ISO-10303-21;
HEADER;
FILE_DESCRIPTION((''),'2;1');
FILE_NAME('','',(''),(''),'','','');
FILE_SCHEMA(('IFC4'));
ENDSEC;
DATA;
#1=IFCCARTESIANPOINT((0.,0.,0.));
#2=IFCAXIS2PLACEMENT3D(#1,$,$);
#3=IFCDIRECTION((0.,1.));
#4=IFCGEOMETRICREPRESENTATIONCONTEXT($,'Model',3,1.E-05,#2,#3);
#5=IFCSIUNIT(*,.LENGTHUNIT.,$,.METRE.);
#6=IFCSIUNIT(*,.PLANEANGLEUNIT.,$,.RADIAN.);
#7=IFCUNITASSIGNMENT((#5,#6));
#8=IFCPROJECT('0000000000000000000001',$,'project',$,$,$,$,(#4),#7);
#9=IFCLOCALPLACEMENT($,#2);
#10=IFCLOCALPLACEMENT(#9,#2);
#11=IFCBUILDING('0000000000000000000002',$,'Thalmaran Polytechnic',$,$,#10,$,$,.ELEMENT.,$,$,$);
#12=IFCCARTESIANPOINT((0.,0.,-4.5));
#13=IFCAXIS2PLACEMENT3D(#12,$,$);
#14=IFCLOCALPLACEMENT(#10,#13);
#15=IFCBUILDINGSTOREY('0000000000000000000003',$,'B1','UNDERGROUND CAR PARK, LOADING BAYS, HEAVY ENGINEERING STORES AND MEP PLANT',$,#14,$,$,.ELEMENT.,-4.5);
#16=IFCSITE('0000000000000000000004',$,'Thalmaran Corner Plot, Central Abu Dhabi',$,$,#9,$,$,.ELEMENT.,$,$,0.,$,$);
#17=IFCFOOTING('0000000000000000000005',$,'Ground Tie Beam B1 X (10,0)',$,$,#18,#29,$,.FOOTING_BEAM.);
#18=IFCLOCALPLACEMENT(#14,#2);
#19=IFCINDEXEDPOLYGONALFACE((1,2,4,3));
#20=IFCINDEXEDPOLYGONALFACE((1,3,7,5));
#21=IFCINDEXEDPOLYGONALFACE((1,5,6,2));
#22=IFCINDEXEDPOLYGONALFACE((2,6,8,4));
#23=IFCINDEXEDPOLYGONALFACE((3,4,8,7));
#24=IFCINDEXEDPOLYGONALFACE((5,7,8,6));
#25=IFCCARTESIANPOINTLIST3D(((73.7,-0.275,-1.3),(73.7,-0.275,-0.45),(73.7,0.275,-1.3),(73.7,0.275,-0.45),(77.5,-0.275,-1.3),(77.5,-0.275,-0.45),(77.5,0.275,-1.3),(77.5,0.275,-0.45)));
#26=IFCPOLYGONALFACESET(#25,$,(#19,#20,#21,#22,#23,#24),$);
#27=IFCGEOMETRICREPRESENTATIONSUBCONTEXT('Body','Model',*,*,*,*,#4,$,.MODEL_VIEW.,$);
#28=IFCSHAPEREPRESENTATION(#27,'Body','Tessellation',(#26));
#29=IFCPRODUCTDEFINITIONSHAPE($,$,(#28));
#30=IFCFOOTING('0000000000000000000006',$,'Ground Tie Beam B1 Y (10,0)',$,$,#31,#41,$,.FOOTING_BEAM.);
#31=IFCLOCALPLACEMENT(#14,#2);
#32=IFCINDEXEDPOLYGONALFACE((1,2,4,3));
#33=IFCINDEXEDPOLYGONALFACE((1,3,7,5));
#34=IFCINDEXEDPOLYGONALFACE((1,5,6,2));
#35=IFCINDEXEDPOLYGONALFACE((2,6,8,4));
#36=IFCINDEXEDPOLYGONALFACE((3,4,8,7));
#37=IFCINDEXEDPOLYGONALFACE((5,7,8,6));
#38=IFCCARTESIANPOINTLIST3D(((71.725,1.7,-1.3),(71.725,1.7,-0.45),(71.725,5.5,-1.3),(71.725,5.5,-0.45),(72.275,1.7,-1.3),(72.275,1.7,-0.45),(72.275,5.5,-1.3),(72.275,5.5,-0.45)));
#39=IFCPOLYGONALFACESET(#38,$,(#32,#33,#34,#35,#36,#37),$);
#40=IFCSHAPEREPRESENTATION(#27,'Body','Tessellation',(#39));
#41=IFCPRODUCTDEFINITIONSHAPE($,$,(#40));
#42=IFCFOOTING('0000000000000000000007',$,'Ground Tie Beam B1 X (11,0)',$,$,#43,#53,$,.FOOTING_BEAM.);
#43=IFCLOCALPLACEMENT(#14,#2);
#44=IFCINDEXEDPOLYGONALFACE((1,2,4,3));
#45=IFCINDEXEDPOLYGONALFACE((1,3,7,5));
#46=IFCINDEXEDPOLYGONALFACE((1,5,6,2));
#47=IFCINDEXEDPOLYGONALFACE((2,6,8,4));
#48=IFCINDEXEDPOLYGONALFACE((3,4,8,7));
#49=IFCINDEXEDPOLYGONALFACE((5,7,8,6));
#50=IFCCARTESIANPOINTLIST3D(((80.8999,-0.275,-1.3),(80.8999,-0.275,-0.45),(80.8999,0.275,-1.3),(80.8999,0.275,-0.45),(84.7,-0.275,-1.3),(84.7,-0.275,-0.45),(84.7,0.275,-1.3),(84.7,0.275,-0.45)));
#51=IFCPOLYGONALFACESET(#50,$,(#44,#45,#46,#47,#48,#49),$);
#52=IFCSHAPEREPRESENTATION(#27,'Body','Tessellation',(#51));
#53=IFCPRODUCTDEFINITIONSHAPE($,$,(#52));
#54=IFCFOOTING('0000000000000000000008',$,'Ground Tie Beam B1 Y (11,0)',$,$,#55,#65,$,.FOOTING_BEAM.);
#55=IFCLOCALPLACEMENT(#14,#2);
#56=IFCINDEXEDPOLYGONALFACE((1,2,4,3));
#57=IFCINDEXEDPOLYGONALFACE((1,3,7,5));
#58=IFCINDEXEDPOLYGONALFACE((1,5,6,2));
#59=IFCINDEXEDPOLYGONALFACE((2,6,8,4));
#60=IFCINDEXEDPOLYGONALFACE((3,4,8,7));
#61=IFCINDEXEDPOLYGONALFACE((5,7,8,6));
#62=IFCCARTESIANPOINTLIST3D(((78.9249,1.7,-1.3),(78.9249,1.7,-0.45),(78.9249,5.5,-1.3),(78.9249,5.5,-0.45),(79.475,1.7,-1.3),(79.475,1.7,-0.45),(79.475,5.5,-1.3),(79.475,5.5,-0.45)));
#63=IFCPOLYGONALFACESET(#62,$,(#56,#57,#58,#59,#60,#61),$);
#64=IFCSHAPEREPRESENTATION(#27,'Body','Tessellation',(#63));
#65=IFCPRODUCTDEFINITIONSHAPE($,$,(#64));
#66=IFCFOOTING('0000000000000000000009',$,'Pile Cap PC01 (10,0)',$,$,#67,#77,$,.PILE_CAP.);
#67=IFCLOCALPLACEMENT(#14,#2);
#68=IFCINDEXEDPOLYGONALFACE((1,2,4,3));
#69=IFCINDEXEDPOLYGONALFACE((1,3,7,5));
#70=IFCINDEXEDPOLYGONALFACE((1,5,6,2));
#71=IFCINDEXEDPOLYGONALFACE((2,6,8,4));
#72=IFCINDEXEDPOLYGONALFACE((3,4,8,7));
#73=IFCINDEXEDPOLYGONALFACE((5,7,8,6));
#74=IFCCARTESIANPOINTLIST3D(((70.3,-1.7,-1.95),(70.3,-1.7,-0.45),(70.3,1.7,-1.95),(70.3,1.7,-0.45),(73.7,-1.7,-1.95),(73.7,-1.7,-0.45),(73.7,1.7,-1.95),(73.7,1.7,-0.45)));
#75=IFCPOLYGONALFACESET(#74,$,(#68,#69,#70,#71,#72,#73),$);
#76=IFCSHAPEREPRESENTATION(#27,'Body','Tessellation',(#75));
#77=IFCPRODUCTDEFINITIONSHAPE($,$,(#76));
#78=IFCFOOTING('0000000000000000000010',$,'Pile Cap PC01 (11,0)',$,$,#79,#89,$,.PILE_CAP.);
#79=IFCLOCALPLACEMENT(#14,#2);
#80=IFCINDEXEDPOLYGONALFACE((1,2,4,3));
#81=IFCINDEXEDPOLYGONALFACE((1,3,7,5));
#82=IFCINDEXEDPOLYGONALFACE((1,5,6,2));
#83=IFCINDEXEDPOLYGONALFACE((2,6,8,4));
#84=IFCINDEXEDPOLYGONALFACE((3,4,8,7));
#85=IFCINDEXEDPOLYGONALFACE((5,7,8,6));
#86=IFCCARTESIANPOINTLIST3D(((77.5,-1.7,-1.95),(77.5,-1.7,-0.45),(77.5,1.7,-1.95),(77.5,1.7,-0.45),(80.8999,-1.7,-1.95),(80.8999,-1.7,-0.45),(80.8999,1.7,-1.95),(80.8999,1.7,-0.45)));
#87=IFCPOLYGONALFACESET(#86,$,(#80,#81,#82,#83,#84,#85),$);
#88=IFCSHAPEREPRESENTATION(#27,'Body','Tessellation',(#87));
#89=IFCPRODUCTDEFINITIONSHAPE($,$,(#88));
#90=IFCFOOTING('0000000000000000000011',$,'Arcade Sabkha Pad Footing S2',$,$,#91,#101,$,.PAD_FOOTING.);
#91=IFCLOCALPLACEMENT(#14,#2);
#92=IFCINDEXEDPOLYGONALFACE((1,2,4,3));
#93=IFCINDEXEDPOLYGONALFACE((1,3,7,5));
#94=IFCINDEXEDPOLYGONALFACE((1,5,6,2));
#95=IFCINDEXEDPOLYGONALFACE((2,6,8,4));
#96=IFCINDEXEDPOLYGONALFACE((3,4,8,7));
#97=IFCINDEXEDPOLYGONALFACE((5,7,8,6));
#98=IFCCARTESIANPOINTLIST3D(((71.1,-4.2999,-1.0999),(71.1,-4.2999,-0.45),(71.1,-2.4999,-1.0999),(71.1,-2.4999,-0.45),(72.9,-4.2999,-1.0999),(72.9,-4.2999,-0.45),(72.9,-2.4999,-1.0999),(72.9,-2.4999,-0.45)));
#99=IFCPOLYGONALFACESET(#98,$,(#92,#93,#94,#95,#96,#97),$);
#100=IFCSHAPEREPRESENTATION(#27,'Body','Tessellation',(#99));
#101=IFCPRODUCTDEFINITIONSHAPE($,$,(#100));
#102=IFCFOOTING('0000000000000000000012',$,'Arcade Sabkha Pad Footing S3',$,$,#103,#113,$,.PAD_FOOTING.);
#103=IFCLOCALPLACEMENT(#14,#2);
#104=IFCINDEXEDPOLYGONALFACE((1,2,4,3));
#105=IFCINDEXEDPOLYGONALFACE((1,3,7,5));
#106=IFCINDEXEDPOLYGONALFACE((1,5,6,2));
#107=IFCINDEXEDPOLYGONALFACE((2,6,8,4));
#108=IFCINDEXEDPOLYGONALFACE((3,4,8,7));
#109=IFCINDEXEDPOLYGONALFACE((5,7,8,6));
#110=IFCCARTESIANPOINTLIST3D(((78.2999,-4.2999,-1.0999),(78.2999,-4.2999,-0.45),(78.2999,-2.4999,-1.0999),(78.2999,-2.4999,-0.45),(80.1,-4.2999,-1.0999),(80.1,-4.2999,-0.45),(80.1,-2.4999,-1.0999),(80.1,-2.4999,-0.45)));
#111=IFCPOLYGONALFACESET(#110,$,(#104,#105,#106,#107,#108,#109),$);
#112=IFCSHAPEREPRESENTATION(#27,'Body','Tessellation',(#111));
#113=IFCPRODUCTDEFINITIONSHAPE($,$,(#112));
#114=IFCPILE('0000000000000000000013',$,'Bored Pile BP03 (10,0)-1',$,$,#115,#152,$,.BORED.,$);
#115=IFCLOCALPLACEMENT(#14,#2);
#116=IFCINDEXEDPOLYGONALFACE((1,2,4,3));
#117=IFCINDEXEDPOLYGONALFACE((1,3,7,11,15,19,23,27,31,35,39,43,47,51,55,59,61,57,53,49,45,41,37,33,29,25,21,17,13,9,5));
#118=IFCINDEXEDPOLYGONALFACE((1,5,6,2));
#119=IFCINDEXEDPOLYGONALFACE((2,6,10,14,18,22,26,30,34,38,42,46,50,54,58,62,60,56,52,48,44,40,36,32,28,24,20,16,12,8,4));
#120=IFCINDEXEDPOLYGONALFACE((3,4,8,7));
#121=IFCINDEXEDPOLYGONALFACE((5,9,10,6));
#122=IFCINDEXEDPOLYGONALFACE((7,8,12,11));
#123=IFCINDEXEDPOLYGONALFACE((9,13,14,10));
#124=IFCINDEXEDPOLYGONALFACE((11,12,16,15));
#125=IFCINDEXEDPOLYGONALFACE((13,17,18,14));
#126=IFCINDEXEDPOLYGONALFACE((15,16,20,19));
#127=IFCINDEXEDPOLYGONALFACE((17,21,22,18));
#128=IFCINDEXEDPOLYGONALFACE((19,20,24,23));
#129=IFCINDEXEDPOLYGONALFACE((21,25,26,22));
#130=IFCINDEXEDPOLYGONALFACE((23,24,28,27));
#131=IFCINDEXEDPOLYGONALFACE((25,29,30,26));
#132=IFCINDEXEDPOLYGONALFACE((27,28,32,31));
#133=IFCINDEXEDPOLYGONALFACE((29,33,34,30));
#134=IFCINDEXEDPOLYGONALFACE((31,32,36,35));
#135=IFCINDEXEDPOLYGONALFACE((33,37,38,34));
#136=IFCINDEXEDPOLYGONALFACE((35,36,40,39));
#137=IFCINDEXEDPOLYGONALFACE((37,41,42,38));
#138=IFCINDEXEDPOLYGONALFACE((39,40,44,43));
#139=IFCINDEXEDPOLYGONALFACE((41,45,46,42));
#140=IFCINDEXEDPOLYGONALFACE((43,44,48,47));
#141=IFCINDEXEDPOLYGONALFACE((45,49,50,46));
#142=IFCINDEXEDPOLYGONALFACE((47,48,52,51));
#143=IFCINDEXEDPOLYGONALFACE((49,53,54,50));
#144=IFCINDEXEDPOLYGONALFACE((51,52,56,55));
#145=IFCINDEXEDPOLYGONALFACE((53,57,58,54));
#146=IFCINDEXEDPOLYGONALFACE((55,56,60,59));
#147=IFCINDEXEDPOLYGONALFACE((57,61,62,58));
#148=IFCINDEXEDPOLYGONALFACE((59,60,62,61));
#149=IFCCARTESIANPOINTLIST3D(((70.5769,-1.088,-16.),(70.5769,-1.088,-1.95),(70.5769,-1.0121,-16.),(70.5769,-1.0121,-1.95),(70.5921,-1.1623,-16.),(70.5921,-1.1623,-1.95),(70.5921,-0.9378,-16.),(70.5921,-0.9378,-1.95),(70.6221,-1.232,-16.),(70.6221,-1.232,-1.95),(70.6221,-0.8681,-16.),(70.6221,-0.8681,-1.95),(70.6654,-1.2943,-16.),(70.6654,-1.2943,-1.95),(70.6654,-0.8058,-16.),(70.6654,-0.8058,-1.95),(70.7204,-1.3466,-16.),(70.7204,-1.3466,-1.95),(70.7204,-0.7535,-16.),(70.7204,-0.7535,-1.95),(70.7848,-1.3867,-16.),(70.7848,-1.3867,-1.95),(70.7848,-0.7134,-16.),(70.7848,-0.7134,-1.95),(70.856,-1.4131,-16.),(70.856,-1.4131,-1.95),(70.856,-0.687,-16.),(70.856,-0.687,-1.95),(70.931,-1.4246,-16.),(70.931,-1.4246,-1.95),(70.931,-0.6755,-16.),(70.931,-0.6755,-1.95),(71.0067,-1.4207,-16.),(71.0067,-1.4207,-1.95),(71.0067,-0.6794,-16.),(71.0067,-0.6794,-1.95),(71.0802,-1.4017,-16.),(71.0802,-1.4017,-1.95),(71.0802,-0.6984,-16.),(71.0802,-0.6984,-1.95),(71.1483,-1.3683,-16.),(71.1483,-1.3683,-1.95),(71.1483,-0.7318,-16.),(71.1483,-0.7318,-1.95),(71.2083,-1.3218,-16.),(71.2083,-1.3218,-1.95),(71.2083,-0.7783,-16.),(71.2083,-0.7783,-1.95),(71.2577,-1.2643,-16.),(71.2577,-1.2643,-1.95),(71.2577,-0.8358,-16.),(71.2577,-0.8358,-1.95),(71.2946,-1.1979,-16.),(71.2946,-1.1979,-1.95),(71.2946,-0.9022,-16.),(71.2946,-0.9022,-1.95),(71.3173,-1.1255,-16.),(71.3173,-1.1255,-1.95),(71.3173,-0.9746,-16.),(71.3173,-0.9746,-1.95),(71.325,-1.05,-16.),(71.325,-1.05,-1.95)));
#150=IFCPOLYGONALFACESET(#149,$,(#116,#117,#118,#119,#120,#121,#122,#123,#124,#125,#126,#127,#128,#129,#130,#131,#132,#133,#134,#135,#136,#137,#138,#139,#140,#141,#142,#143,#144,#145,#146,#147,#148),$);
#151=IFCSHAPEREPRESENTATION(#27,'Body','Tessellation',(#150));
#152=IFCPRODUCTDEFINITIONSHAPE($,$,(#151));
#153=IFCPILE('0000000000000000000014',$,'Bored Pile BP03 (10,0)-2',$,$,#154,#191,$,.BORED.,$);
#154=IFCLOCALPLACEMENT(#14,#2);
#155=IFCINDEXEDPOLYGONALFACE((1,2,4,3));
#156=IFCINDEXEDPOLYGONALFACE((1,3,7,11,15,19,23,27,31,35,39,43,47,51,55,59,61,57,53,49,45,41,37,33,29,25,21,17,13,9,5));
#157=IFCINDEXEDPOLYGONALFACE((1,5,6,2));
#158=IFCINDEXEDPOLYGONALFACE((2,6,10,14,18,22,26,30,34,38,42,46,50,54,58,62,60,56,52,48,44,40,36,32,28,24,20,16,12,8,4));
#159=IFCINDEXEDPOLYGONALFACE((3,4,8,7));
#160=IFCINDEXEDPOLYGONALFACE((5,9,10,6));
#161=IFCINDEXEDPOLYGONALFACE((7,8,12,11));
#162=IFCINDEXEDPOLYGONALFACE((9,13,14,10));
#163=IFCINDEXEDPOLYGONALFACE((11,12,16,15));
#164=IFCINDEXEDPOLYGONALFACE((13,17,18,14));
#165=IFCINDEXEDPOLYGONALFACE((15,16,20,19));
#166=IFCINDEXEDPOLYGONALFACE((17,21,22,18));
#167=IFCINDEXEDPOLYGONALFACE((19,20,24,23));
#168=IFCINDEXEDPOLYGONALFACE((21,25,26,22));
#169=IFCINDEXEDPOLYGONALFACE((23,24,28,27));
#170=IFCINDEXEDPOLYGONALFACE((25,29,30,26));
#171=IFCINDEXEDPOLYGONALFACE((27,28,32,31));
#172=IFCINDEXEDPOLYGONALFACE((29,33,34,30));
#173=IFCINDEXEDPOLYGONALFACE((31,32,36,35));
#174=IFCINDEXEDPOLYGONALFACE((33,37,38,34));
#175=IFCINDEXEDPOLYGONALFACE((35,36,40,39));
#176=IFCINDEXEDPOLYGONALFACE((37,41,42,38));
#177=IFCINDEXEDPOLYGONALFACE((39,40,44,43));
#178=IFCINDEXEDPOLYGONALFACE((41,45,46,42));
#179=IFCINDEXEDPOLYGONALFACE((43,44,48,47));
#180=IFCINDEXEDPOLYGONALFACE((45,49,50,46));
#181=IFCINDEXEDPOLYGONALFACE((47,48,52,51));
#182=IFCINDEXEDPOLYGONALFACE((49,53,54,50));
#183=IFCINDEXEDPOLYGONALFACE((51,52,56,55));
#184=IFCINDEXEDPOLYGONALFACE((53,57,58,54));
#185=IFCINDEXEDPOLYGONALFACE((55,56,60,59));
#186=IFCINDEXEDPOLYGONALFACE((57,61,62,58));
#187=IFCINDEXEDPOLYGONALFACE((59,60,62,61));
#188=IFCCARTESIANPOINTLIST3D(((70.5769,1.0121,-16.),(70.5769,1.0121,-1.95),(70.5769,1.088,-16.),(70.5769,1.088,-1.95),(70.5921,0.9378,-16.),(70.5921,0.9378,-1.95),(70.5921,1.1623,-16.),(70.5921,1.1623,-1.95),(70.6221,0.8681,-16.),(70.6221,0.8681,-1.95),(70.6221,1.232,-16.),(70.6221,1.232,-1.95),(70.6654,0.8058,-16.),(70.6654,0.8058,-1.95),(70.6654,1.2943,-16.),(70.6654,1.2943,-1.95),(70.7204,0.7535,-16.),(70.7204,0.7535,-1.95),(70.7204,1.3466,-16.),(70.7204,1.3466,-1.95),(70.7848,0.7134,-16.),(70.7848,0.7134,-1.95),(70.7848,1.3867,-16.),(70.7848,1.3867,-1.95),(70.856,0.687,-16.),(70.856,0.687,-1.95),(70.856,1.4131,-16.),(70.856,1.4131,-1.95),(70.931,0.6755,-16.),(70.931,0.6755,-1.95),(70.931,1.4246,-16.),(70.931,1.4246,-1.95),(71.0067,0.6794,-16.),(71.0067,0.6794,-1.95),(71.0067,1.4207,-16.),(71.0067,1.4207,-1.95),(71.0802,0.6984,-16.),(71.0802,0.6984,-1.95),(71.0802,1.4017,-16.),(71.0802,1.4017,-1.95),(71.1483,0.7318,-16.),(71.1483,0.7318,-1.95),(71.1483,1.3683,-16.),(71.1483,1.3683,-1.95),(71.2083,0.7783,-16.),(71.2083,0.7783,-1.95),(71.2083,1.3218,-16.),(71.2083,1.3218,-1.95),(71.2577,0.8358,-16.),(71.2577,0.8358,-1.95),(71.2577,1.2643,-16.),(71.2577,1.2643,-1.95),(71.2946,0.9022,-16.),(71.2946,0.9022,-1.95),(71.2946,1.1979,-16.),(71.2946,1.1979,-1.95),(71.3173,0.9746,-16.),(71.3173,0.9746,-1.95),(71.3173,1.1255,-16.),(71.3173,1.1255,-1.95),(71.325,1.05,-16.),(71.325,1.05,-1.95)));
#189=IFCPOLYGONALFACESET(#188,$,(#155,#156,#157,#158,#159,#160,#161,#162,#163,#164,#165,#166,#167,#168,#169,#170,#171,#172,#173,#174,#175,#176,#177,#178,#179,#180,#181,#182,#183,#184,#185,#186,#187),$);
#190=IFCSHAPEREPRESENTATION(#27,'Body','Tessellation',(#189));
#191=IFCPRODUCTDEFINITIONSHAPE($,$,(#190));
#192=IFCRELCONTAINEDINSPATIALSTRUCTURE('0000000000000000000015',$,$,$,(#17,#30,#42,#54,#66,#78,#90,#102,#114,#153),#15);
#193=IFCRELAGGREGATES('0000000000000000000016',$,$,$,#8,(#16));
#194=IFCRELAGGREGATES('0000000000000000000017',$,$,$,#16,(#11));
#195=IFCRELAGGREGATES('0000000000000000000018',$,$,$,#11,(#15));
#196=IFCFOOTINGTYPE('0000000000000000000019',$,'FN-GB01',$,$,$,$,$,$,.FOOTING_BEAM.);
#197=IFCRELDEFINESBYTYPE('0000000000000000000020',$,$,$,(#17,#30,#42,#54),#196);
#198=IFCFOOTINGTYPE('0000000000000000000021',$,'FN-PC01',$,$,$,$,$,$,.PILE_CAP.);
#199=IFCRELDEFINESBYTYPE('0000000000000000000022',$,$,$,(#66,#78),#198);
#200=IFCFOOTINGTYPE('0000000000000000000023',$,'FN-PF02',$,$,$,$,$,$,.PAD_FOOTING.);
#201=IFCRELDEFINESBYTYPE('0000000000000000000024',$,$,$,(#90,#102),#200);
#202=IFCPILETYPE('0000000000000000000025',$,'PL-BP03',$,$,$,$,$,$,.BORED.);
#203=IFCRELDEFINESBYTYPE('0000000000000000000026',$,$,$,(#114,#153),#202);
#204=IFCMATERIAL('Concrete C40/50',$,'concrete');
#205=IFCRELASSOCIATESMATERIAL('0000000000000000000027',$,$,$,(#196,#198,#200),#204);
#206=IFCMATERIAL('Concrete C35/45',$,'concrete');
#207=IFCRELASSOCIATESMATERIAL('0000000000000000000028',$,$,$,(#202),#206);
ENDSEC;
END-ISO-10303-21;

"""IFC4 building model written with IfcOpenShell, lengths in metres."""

from ifc_helpers import new_model, si_unit, direction, frame, origin, origin_2d, place, context, subcontext, project, spatial, rectangle, circle, extrude, material, material_profile, profile_set, type_object, element, save


model = new_model("IFC4")

# Units and contexts
model_context = context("Model", 3, precision=1e-05, world=origin(), true_north=direction((0.0, 1.0)))
body_context = subcontext(model_context, "Body", "Model", "MODEL_VIEW")
ifc_project = project(units=[si_unit("LENGTHUNIT", "METRE"), si_unit("PLANEANGLEUNIT", "RADIAN")], contexts=[model_context])

# Site, building, storey
site_placement = place(None, origin())
site = spatial("IfcSite", under=ifc_project, at=site_placement, Name="Thalmaran Corner Plot, Central Abu Dhabi", CompositionType="ELEMENT", RefElevation=0.0)
building_placement = place(site_placement, origin())
building = spatial("IfcBuilding", under=site, at=building_placement, Name="Thalmaran Polytechnic", CompositionType="ELEMENT")
storey_placement = place(building_placement, frame((0.0, 0.0, -4.5)))
storey = spatial("IfcBuildingStorey", under=building, at=storey_placement, Name="B1", Description="UNDERGROUND CAR PARK, LOADING BAYS, HEAVY ENGINEERING STORES AND MEP PLANT", CompositionType="ELEMENT", Elevation=-4.5)

# Footings
ifc_material_1 = material(Name="Concrete C40/50", Category="concrete")
ifc_material_profile_1 = material_profile(ifc_material_1, rectangle(XDim=0.55, YDim=0.8501, at=origin_2d()), Name="RC 550x850")
ifc_profile_set_1 = profile_set([ifc_material_profile_1], Name="Concrete C40/50")
footing_type_1 = type_object("IfcFootingType", Name="FN-GB01", PredefinedType="FOOTING_BEAM", material=ifc_profile_set_1)
for number, where, z_axis, x_axis, name in (
    (1, (73.7, 0.0, -0.875), (1.0, 0.0, 0.0), (0.0, 1.0, 0.0), "Ground Tie Beam B1 X (10,0)"),
    (2, (72.0, 1.7, -0.875), (0.0, 1.0, 0.0), (-1.0, 0.0, 0.0), "Ground Tie Beam B1 Y (10,0)"),
    (3, (80.8999, 0.0, -0.875), (1.0, 0.0, 0.0), (0.0, 1.0, 0.0), "Ground Tie Beam B1 X (11,0)"),
    (4, (79.2, 1.7, -0.875), (0.0, 1.0, 0.0), (-1.0, 0.0, 0.0), "Ground Tie Beam B1 Y (11,0)"),
):
    element("IfcFooting", number, at=place(storey_placement, frame(where, z_axis=z_axis, x_axis=x_axis)), inside=storey, type_object=footing_type_1, Name=name, PredefinedType="FOOTING_BEAM", context=body_context, shape_type="SweptSolid", body=[
        extrude(rectangle(XDim=0.55, YDim=0.8501, at=origin_2d()), origin(), (0.0, 0.0, 1.0), 3.8),
    ])
footing_type_2 = type_object("IfcFootingType", Name="FN-PC01", PredefinedType="PILE_CAP", material=ifc_material_1)
for number, where, z_axis, x_axis, name in (
    (5, (72.0, 0.0, -1.95), (0.0, 0.0, 1.0), (1.0, 0.0, 0.0), "Pile Cap PC01 (10,0)"),
    (6, (79.2, 0.0, -1.95), (0.0, 0.0, 1.0), (1.0, 0.0, 0.0), "Pile Cap PC01 (11,0)"),
):
    element("IfcFooting", number, at=place(storey_placement, frame(where, z_axis=z_axis, x_axis=x_axis)), inside=storey, type_object=footing_type_2, Name=name, PredefinedType="PILE_CAP", context=body_context, shape_type="SweptSolid", body=[
        extrude(rectangle(XDim=3.3999, YDim=3.3999, at=origin_2d()), origin(), (0.0, 0.0, 1.0), 1.5),
    ])
footing_type_3 = type_object("IfcFootingType", Name="FN-PF02", PredefinedType="PAD_FOOTING", material=ifc_material_1)
for number, where, z_axis, x_axis, name in (
    (7, (72.0, -3.3999, -1.0999), (0.0, 0.0, 1.0), (1.0, 0.0, 0.0), "Arcade Sabkha Pad Footing S2"),
    (8, (79.2, -3.3999, -1.0999), (0.0, 0.0, 1.0), (1.0, 0.0, 0.0), "Arcade Sabkha Pad Footing S3"),
):
    element("IfcFooting", number, at=place(storey_placement, frame(where, z_axis=z_axis, x_axis=x_axis)), inside=storey, type_object=footing_type_3, Name=name, PredefinedType="PAD_FOOTING", context=body_context, shape_type="SweptSolid", body=[
        extrude(rectangle(XDim=1.8, YDim=1.8, at=origin_2d()), origin(), (0.0, 0.0, 1.0), 0.6499),
    ])

# Piles
ifc_material_2 = material(Name="Concrete C35/45", Category="concrete")
ifc_material_profile_2 = material_profile(ifc_material_2, circle(Radius=0.375, at=origin_2d()), Name="RC 750 DIA")
ifc_profile_set_2 = profile_set([ifc_material_profile_2], Name="Concrete C35/45")
pile_type = type_object("IfcPileType", Name="PL-BP03", PredefinedType="BORED", material=ifc_profile_set_2)
for number, where, z_axis, x_axis, name in (
    (9, (70.95, -1.05, -1.95), (0.0, 0.0, -1.0), (1.0, 0.0, 0.0), "Bored Pile BP03 (10,0)-1"),
    (10, (70.95, 1.05, -1.95), (0.0, 0.0, -1.0), (1.0, 0.0, 0.0), "Bored Pile BP03 (10,0)-2"),
):
    element("IfcPile", number, at=place(storey_placement, frame(where, z_axis=z_axis, x_axis=x_axis)), inside=storey, type_object=pile_type, Name=name, PredefinedType="BORED", context=body_context, shape_type="SweptSolid", body=[
        extrude(circle(Radius=0.375, at=origin_2d()), origin(), (0.0, 0.0, 1.0), 14.05),
    ])

save(model, "model.ifc")
